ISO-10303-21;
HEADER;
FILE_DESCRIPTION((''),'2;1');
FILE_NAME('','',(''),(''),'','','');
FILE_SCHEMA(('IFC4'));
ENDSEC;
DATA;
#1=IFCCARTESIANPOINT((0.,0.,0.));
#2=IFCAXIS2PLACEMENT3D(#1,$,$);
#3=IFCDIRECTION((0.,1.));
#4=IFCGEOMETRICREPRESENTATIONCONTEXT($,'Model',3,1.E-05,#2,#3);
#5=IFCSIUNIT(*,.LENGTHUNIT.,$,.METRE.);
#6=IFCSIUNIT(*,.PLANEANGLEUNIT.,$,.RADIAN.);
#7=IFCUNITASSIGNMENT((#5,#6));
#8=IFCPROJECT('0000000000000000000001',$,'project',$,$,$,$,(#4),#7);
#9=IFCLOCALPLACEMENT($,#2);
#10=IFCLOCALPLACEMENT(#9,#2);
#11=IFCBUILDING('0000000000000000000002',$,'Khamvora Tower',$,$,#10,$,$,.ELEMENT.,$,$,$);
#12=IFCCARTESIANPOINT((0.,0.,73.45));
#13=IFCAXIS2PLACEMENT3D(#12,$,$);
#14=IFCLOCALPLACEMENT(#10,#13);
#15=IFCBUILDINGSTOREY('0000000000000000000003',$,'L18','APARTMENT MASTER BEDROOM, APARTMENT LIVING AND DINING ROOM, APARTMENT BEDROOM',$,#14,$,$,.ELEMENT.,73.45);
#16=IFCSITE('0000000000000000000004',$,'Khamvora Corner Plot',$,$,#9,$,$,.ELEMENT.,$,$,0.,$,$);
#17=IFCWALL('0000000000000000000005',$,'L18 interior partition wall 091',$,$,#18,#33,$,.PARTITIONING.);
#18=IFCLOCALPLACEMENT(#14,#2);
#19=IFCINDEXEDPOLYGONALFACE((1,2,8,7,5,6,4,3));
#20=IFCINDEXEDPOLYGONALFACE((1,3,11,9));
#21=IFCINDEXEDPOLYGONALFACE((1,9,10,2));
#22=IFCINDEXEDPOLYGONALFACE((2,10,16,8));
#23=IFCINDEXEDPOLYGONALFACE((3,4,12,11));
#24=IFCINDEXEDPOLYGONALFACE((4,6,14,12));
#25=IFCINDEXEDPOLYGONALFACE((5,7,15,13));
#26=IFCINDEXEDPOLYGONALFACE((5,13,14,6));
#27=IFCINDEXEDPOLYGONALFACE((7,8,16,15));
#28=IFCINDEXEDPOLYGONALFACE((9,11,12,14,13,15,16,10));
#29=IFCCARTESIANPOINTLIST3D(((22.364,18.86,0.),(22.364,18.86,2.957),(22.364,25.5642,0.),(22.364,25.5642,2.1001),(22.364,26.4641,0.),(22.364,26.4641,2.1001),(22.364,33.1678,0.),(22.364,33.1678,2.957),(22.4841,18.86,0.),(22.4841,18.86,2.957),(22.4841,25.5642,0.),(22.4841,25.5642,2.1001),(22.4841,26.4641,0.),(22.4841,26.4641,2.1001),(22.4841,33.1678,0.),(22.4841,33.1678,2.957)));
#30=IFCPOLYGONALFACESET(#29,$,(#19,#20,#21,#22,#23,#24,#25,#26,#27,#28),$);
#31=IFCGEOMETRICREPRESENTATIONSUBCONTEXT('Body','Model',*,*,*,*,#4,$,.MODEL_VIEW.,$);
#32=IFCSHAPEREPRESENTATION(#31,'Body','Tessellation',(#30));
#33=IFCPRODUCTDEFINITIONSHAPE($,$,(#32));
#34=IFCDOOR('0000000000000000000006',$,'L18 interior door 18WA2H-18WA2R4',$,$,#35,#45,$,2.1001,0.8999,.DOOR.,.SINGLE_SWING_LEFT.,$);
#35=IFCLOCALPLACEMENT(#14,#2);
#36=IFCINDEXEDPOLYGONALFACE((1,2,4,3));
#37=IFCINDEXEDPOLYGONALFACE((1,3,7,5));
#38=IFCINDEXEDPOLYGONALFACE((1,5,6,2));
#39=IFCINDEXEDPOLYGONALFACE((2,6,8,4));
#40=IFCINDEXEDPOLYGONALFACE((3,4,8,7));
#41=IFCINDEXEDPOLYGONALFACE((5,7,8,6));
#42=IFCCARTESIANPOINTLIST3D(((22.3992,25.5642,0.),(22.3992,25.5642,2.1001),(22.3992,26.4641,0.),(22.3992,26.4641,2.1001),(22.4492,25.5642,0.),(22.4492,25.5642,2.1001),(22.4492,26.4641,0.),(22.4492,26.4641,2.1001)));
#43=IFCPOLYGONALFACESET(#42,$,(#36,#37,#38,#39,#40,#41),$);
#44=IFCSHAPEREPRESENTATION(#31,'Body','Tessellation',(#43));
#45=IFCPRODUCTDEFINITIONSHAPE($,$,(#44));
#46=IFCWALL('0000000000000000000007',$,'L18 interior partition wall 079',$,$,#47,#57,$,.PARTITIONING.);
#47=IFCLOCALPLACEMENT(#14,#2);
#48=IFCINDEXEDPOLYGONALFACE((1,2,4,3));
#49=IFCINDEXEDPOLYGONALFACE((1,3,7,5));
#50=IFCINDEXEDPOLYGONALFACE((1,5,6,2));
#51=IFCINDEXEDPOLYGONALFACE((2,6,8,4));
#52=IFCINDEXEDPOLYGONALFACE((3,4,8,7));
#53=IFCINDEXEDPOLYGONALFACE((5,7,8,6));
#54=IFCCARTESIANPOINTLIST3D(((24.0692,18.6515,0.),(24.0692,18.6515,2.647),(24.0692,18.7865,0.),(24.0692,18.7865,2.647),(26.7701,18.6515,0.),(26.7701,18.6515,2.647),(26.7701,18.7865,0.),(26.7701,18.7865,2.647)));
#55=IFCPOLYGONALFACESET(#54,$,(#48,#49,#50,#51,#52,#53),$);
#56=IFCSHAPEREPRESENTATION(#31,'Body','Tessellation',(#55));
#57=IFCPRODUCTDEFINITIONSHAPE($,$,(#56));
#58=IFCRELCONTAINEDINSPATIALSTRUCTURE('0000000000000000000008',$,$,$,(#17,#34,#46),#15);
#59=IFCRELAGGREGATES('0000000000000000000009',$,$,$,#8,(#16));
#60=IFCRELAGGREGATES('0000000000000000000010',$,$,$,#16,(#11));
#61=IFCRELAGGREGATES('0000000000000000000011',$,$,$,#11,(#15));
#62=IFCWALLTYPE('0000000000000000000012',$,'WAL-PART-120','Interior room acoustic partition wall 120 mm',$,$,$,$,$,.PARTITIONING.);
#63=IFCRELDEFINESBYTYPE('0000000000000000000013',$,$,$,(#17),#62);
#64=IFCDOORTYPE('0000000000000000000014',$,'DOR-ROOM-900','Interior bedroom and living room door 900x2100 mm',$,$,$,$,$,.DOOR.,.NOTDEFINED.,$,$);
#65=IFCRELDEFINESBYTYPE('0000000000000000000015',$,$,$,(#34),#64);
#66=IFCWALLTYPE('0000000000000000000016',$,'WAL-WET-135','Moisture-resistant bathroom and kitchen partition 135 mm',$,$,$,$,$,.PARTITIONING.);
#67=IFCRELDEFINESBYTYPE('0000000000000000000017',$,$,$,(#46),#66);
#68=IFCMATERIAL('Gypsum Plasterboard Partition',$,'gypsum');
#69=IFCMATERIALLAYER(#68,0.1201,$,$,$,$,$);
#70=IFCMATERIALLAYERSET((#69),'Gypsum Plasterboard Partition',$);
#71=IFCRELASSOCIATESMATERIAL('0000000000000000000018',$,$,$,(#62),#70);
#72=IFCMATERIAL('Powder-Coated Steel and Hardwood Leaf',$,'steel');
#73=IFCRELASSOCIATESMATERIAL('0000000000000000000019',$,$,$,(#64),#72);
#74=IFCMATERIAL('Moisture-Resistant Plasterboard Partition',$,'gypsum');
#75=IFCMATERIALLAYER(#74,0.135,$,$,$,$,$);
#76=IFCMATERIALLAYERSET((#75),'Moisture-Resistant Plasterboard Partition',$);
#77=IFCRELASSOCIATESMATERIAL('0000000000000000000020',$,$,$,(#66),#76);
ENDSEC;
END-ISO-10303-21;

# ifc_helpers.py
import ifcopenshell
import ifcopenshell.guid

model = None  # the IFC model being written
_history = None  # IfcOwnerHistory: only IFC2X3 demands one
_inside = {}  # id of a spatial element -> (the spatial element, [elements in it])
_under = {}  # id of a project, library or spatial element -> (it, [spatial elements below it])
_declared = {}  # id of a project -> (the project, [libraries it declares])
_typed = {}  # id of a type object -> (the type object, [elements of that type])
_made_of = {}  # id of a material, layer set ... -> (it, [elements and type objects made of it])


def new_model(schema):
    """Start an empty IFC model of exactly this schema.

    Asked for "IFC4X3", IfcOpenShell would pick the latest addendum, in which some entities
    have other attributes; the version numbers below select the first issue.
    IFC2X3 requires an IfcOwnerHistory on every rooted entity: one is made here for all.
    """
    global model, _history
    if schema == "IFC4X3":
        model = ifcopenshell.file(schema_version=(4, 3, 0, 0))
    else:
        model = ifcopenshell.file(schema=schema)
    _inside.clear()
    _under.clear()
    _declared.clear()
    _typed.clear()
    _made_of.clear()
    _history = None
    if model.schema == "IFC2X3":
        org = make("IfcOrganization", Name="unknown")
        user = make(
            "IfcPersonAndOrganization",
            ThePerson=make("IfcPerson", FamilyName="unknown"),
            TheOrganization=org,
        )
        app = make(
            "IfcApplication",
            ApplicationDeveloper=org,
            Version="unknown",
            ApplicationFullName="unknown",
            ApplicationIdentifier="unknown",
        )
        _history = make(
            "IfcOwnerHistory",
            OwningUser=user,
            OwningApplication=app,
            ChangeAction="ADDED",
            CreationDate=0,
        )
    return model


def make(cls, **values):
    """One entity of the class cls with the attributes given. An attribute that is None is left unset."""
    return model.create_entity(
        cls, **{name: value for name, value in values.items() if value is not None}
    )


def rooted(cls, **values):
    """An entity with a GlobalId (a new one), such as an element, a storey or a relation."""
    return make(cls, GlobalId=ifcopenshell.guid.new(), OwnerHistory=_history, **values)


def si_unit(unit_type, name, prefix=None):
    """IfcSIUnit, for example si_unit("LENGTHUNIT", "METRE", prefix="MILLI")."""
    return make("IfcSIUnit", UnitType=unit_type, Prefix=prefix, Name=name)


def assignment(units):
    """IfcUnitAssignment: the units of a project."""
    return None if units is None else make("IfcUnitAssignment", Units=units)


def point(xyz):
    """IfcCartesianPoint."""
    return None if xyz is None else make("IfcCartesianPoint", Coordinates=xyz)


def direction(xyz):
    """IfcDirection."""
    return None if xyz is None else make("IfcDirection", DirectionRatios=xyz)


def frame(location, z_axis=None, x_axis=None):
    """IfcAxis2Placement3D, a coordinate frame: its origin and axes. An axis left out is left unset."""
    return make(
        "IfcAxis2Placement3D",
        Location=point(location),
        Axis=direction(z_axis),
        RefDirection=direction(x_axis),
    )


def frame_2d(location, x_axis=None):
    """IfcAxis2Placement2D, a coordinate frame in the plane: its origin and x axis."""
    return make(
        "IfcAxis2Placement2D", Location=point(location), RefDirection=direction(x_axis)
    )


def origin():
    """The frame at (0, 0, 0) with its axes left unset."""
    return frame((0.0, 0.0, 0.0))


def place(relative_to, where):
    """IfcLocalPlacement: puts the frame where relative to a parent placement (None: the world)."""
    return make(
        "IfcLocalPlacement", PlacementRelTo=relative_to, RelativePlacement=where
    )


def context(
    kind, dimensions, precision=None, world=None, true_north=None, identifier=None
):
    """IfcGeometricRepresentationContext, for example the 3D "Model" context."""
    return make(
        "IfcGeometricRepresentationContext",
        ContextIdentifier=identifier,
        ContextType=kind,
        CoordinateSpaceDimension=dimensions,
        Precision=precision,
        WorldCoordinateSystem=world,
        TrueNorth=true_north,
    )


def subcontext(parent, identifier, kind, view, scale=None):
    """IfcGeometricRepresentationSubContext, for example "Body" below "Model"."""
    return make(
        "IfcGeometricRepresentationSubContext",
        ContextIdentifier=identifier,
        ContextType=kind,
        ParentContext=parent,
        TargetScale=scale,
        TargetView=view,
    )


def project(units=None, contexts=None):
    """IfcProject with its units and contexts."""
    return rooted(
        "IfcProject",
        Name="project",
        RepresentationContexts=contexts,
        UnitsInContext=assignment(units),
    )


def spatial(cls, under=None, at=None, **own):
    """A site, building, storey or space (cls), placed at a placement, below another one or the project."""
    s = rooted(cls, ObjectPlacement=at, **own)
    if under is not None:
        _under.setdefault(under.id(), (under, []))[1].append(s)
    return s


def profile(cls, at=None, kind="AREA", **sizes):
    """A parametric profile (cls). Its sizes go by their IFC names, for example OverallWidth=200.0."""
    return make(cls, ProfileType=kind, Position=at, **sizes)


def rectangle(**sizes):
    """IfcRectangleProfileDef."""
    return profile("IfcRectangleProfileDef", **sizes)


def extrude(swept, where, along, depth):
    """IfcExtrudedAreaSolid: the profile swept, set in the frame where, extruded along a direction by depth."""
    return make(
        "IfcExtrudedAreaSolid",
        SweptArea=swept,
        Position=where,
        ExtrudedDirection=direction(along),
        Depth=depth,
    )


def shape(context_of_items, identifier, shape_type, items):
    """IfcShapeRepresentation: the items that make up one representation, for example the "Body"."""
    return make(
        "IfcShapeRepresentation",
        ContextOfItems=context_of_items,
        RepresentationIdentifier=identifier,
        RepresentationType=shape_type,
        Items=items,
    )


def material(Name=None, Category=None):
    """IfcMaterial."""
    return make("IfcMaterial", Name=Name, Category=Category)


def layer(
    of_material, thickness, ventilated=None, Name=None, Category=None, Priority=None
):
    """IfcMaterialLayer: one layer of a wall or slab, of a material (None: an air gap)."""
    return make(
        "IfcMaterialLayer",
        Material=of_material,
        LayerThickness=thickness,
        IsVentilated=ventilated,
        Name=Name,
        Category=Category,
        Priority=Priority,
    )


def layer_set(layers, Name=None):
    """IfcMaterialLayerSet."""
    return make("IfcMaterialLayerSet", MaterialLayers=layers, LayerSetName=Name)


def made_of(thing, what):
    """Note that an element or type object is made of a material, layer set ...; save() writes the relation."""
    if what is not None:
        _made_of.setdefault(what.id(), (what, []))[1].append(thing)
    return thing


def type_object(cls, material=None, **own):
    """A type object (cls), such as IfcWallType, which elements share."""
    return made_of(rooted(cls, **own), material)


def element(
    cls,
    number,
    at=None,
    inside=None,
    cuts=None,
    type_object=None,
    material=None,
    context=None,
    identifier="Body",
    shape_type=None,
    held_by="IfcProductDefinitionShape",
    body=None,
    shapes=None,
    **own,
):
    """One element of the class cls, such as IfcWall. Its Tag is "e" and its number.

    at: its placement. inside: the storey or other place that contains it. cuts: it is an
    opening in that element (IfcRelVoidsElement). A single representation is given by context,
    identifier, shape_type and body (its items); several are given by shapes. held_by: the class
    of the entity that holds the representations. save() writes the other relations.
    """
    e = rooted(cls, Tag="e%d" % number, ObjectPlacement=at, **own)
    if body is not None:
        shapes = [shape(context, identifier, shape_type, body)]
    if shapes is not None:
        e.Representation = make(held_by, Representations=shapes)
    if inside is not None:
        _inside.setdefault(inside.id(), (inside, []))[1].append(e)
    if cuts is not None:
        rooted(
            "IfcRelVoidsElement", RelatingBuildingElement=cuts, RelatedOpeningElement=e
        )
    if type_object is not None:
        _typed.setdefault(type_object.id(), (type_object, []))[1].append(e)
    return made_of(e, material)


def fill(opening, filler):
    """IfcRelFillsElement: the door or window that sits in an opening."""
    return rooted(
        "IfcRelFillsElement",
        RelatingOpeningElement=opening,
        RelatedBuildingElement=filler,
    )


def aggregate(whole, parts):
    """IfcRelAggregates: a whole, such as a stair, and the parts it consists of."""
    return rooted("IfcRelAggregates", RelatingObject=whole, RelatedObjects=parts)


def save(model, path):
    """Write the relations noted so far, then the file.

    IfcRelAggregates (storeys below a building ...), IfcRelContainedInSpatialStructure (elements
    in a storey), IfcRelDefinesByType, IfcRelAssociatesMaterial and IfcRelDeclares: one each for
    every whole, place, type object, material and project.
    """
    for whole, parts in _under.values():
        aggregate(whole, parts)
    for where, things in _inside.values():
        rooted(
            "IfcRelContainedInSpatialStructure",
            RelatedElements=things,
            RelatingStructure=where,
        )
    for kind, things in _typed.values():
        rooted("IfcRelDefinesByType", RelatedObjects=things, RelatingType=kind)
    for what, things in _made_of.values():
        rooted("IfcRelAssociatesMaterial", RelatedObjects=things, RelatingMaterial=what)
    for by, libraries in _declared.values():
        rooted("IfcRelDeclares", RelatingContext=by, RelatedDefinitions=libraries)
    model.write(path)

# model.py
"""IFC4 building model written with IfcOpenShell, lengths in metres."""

from ifc_helpers import new_model, si_unit, direction, frame, frame_2d, origin, place, context, subcontext, project, spatial, rectangle, extrude, material, layer, layer_set, type_object, element, fill, save


model = new_model("IFC4")

# Units and contexts
model_context = context("Model", 3, precision=1e-05, world=origin(), true_north=direction((0.0, 1.0)))
body_context = subcontext(model_context, "Body", "Model", "MODEL_VIEW")
ifc_project = project(units=[si_unit("LENGTHUNIT", "METRE"), si_unit("PLANEANGLEUNIT", "RADIAN")], contexts=[model_context])

# Site, building, storey
site_placement = place(None, origin())
site = spatial("IfcSite", under=ifc_project, at=site_placement, Name="Khamvora Corner Plot", CompositionType="ELEMENT", RefElevation=0.0)
building_placement = place(site_placement, origin())
building = spatial("IfcBuilding", under=site, at=building_placement, Name="Khamvora Tower", CompositionType="ELEMENT")
storey_placement = place(building_placement, frame((0.0, 0.0, 73.45)))
storey = spatial("IfcBuildingStorey", under=building, at=storey_placement, Name="L18", Description="APARTMENT MASTER BEDROOM, APARTMENT LIVING AND DINING ROOM, APARTMENT BEDROOM", CompositionType="ELEMENT", Elevation=73.45)

# Shared definitions
ifc_material_1 = material(Name="Powder-Coated Steel and Hardwood Leaf", Category="steel")

# Shared definitions
ifc_material_2 = material(Name="Gypsum Plasterboard Partition", Category="gypsum")
ifc_layer_1 = layer(ifc_material_2, 0.1201)
ifc_layer_set_1 = layer_set([ifc_layer_1], Name="Gypsum Plasterboard Partition")
wall_type_1 = type_object("IfcWallType", Name="WAL-PART-120", Description="Interior room acoustic partition wall 120 mm", PredefinedType="PARTITIONING", material=ifc_layer_set_1)

# Shared definitions
door_type_1 = type_object("IfcDoorType", Name="DOR-ROOM-900", Description="Interior bedroom and living room door 900x2100 mm", OperationType="NOTDEFINED", PredefinedType="DOOR", material=ifc_material_1)

# Wall, opening, door
wall_1_placement = place(storey_placement, frame((22.4241, 18.8601, 0.0), z_axis=(0.0, 0.0, 1.0), x_axis=(0.0, 1.0, 0.0)))
wall_1 = element("IfcWall", 1, at=wall_1_placement, inside=storey, type_object=wall_type_1, Name="L18 interior partition wall 091", PredefinedType="PARTITIONING", context=body_context, shape_type="SweptSolid", body=[
    extrude(rectangle(XDim=14.3079, YDim=0.1201, at=frame_2d((7.1538, 0.0))), origin(), (0.0, 0.0, 1.0), 2.957),
])
opening_1_placement = place(wall_1_placement, frame((6.7041, 0.0, 0.0)))
opening_1 = element("IfcOpeningElement", 2, at=opening_1_placement, cuts=wall_1, PredefinedType="OPENING", context=body_context, shape_type="SweptSolid", body=[
    extrude(rectangle(XDim=0.8999, YDim=2.1001, at=frame_2d((0.45, 1.05))), frame((0.0, 0.0701, 0.0), z_axis=(0.0, -1.0, 0.0), x_axis=(1.0, 0.0, 0.0)), (0.0, 0.0, 1.0), 0.1401),
])
door_1_placement = place(opening_1_placement, origin())
door_1 = element("IfcDoor", 3, at=door_1_placement, inside=storey, type_object=door_type_1, Name="L18 interior door 18WA2H-18WA2R4", OperationType="SINGLE_SWING_LEFT", OverallHeight=2.1001, OverallWidth=0.8999, PredefinedType="DOOR", context=body_context, shape_type="SweptSolid", body=[
    extrude(rectangle(XDim=0.8999, YDim=2.1001, at=frame_2d((0.45, 1.05))), frame((0.0, 0.0249, 0.0), z_axis=(0.0, -1.0, 0.0), x_axis=(1.0, 0.0, 0.0)), (0.0, 0.0, 1.0), 0.05),
])
fill(opening_1, door_1)

# Wall
ifc_material_3 = material(Name="Moisture-Resistant Plasterboard Partition", Category="gypsum")
ifc_layer_2 = layer(ifc_material_3, 0.135)
ifc_layer_set_2 = layer_set([ifc_layer_2], Name="Moisture-Resistant Plasterboard Partition")
wall_type_2 = type_object("IfcWallType", Name="WAL-WET-135", Description="Moisture-resistant bathroom and kitchen partition 135 mm", PredefinedType="PARTITIONING", material=ifc_layer_set_2)
wall_2_placement = place(storey_placement, frame((24.0691, 18.719, 0.0), z_axis=(0.0, 0.0, 1.0), x_axis=(1.0, 0.0, 0.0)))
element("IfcWall", 4, at=wall_2_placement, inside=storey, type_object=wall_type_2, Name="L18 interior partition wall 079", PredefinedType="PARTITIONING", context=body_context, shape_type="SweptSolid", body=[
    extrude(rectangle(XDim=2.7009, YDim=0.135, at=frame_2d((1.3506, 0.0))), origin(), (0.0, 0.0, 1.0), 2.647),
])

save(model, "model.ifc")
